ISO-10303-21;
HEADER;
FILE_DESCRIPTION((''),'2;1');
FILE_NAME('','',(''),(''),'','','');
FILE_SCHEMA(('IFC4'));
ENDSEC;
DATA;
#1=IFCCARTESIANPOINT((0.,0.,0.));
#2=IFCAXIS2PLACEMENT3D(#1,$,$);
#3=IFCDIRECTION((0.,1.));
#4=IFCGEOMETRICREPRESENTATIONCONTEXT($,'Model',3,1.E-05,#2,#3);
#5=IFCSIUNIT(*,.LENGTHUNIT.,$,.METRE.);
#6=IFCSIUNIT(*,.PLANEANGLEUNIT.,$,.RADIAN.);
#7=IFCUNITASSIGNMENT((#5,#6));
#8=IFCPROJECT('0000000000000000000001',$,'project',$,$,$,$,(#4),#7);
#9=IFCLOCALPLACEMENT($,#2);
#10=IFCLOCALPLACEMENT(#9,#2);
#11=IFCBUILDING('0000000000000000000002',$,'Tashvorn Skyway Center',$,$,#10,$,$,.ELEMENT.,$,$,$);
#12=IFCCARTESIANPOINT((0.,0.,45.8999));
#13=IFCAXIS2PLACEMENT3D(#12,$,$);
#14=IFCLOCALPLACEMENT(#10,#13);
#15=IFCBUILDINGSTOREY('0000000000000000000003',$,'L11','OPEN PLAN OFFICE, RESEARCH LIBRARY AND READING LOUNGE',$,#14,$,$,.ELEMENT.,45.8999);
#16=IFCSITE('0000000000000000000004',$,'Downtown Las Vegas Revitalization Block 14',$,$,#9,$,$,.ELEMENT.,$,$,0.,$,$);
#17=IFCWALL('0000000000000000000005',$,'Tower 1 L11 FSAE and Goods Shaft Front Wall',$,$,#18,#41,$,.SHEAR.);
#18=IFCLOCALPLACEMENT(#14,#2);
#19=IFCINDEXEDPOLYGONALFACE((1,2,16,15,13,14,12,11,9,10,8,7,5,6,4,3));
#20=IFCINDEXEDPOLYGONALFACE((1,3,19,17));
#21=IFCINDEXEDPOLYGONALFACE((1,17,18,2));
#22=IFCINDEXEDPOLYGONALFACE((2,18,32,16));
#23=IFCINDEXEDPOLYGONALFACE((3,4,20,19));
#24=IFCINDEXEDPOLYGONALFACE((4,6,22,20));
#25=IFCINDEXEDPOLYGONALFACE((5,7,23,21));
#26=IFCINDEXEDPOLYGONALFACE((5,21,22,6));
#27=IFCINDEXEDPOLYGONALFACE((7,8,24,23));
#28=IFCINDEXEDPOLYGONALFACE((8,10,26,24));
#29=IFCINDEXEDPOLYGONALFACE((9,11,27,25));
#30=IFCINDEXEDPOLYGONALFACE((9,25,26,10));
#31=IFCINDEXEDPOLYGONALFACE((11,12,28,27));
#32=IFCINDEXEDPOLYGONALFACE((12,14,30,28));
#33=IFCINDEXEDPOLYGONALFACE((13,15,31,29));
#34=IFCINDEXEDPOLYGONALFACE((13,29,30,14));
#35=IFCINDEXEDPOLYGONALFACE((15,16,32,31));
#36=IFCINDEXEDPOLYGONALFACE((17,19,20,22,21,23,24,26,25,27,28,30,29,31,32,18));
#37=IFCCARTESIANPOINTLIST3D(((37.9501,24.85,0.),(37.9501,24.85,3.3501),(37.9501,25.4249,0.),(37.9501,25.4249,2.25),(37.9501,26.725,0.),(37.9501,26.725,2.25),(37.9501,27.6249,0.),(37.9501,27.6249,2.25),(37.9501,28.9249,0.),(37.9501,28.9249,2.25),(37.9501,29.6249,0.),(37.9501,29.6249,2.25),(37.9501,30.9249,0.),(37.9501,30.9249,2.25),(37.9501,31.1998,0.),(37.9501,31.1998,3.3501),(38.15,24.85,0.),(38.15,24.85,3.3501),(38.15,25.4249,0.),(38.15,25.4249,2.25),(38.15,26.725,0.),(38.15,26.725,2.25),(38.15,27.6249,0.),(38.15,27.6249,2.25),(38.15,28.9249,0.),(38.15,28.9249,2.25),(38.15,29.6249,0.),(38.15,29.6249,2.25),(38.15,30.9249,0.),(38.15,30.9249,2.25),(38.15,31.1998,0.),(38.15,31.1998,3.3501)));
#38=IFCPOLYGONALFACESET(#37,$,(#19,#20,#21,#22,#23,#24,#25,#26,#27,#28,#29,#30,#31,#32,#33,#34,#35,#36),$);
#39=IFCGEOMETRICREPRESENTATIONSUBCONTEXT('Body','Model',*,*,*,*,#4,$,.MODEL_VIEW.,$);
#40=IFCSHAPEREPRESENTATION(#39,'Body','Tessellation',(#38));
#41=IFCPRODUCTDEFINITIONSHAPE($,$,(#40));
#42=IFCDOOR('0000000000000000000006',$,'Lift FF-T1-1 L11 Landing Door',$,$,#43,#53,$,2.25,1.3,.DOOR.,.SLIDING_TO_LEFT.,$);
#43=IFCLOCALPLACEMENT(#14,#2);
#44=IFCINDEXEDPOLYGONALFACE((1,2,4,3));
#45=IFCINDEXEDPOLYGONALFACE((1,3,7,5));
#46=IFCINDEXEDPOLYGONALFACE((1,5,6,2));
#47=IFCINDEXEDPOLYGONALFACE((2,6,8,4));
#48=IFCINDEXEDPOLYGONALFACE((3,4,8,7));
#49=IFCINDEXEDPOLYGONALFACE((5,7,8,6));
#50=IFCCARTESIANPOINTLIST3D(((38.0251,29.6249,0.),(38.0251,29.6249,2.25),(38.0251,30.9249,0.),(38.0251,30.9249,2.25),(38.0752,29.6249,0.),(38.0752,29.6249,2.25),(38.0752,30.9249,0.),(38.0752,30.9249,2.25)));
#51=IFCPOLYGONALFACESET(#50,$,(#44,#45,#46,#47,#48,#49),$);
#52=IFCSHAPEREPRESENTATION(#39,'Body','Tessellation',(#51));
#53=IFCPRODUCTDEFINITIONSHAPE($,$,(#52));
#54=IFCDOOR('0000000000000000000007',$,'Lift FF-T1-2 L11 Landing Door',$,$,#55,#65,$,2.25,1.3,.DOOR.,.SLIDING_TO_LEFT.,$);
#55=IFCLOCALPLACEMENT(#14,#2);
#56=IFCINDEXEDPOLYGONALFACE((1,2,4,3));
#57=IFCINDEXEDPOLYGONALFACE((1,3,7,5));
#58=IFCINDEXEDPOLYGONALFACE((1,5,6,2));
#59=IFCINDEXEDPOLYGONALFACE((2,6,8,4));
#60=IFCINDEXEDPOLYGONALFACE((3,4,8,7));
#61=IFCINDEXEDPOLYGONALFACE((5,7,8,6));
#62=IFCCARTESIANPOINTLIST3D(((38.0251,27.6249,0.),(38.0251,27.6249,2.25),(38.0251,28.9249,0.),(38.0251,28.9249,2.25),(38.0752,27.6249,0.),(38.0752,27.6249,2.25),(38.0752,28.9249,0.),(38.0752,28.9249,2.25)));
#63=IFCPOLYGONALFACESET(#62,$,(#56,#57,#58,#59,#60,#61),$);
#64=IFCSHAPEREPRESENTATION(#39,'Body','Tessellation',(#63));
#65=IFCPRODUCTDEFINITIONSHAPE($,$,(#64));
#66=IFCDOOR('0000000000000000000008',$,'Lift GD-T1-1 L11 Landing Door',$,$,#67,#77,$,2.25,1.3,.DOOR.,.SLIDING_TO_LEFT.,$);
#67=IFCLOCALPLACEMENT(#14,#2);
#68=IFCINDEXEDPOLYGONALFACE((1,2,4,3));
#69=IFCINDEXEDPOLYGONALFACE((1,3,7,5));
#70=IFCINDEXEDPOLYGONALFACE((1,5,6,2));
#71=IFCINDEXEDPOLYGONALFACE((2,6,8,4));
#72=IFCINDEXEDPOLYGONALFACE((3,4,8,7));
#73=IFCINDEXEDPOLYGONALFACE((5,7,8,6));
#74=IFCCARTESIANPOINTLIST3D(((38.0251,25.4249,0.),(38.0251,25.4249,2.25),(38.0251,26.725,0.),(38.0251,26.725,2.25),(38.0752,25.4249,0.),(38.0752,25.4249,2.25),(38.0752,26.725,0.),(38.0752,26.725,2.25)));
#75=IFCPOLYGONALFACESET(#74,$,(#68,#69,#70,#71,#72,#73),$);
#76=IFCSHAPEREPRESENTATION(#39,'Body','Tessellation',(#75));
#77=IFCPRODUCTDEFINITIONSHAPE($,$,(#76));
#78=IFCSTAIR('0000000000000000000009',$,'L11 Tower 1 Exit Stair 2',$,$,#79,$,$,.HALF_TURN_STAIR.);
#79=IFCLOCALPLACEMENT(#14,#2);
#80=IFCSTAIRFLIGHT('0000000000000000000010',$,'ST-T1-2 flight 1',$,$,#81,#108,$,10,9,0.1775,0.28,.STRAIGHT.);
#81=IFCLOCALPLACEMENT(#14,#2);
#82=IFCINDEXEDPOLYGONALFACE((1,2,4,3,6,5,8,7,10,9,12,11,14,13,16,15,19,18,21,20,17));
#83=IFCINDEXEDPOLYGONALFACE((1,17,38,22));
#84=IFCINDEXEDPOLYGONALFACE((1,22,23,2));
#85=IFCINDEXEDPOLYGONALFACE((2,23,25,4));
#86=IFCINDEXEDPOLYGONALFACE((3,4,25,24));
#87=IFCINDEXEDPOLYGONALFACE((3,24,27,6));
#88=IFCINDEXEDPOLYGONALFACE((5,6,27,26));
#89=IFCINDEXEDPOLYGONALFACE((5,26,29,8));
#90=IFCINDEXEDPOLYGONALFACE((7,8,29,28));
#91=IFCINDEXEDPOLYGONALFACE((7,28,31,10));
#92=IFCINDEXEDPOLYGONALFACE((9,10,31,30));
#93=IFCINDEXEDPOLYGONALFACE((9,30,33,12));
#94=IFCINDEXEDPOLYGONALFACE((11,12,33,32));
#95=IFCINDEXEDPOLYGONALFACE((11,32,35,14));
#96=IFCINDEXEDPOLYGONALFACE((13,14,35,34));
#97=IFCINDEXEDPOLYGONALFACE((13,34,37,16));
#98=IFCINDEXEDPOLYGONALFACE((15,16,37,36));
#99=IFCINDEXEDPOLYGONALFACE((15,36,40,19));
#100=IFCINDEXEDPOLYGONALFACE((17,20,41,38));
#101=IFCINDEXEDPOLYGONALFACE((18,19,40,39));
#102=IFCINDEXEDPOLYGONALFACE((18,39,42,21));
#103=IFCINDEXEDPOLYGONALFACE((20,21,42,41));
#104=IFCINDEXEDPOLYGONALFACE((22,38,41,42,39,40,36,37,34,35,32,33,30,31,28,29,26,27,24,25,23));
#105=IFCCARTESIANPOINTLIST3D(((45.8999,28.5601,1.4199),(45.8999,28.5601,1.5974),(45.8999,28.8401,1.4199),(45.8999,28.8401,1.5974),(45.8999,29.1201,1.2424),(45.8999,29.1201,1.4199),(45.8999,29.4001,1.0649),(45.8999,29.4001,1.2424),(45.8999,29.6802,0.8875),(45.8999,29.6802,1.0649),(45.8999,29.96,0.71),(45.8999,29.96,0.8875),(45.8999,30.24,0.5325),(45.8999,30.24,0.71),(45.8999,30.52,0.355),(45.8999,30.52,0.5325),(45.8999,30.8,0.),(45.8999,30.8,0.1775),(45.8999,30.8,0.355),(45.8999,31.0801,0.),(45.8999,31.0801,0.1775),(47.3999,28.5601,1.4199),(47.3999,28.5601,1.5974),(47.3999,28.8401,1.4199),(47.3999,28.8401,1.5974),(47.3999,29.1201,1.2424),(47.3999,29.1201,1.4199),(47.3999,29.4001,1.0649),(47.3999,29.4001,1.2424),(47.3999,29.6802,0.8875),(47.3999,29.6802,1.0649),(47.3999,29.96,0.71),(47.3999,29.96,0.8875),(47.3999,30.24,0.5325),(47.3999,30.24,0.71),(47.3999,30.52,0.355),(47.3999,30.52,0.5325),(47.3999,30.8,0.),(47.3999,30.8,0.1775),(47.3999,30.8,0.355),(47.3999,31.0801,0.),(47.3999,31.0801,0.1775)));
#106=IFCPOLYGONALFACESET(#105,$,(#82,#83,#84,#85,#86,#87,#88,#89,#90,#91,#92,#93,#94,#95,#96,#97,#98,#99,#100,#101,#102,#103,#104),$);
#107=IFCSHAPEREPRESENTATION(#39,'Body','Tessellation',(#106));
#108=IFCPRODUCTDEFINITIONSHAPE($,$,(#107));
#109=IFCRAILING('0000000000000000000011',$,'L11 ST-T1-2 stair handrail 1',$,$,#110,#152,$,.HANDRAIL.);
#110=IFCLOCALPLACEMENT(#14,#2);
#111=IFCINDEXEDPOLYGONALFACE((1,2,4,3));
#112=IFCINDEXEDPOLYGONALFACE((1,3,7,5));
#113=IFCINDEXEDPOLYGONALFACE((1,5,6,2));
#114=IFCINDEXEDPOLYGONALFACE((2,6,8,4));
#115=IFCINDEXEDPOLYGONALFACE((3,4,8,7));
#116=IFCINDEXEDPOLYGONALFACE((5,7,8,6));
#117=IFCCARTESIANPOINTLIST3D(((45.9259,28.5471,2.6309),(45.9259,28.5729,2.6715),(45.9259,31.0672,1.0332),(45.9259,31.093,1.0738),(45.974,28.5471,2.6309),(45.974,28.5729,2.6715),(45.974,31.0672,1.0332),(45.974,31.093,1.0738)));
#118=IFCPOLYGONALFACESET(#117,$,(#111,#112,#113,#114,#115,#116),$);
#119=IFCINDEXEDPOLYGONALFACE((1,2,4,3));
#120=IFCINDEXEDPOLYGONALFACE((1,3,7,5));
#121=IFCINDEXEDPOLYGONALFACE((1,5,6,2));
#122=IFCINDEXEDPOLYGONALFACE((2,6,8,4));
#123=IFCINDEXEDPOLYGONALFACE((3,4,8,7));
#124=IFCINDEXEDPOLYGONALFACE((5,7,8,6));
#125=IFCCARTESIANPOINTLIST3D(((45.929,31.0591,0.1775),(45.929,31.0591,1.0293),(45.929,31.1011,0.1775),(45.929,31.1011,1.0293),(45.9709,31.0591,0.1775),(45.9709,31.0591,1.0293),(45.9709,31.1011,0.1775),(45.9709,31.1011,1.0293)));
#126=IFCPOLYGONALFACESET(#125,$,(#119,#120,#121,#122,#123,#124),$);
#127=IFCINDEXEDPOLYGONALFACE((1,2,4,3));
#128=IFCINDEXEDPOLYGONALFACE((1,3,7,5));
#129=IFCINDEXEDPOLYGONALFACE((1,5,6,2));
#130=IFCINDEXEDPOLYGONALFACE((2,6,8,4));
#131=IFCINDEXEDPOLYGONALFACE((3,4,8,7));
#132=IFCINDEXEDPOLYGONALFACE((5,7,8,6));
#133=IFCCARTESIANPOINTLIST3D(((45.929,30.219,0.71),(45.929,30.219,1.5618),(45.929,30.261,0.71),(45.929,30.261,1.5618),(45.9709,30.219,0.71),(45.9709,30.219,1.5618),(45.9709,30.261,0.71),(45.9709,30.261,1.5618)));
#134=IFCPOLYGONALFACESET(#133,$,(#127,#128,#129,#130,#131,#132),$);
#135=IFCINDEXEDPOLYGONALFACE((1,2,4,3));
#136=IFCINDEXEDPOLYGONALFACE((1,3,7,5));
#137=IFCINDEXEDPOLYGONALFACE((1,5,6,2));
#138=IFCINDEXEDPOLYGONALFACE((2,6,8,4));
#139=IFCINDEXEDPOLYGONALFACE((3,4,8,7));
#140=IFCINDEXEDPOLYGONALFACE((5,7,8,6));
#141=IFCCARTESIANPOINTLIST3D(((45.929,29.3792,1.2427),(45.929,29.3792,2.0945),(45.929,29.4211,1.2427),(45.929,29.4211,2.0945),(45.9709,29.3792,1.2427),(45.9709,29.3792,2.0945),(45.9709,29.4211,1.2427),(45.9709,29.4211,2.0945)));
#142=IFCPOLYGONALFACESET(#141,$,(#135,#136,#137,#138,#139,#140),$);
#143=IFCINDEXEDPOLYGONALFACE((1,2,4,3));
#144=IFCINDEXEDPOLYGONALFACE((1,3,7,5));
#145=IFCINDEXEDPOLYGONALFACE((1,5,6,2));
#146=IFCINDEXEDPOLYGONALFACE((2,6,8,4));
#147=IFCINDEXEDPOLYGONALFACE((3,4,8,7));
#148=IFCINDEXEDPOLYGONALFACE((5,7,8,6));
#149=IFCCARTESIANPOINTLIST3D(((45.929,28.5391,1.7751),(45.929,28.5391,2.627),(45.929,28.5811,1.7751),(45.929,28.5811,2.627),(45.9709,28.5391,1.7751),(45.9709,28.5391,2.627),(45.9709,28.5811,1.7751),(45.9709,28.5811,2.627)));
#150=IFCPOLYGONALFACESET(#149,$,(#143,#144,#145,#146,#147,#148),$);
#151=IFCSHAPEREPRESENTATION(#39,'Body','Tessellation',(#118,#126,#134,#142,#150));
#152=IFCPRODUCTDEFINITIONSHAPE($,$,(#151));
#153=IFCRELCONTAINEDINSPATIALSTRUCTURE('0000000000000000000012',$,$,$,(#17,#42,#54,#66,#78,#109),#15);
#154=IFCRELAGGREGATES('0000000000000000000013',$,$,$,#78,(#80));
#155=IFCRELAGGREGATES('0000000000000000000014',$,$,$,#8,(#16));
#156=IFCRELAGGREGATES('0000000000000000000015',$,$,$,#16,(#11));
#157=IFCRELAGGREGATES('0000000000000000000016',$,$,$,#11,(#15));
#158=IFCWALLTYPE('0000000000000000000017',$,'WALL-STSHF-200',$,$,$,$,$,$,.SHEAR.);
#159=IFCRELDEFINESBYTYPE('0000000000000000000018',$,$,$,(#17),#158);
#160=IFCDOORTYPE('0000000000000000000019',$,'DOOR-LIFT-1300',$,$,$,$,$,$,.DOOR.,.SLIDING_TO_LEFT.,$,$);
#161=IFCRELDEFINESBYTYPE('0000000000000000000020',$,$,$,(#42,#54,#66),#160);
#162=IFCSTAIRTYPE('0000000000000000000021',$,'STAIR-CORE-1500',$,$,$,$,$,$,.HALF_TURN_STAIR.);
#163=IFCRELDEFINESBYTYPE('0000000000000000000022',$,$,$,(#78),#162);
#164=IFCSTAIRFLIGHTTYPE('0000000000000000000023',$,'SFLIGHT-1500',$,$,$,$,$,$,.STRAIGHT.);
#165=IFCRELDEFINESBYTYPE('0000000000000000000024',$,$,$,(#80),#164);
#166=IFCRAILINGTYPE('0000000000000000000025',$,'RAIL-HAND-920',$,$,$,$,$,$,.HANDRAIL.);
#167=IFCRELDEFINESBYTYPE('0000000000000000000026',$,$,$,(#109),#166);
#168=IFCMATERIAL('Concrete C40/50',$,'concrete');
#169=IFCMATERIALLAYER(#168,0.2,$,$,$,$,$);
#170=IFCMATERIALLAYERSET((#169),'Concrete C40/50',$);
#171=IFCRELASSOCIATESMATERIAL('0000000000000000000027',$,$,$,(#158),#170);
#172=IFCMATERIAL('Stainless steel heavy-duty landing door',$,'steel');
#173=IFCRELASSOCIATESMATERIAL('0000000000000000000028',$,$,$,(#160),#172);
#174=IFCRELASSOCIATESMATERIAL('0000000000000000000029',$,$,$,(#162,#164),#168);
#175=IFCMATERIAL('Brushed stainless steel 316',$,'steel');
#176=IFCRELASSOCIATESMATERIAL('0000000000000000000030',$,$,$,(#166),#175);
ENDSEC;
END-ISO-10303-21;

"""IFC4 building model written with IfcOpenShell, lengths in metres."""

from ifc_helpers import new_model, si_unit, direction, frame, frame_2d, origin, origin_2d, place, context, subcontext, project, spatial, polyline, rectangle, outline, extrude, material, layer, layer_set, type_object, element, fill, aggregate, save


model = new_model("IFC4")

# Units and contexts
model_context = context("Model", 3, precision=1e-05, world=origin(), true_north=direction((0.0, 1.0)))
body_context = subcontext(model_context, "Body", "Model", "MODEL_VIEW")
ifc_project = project(units=[si_unit("LENGTHUNIT", "METRE"), si_unit("PLANEANGLEUNIT", "RADIAN")], contexts=[model_context])

# Site, building, storey
site_placement = place(None, origin())
site = spatial("IfcSite", under=ifc_project, at=site_placement, Name="Downtown Las Vegas Revitalization Block 14", CompositionType="ELEMENT", RefElevation=0.0)
building_placement = place(site_placement, origin())
building = spatial("IfcBuilding", under=site, at=building_placement, Name="Tashvorn Skyway Center", CompositionType="ELEMENT")
storey_placement = place(building_placement, frame((0.0, 0.0, 45.8999)))
storey = spatial("IfcBuildingStorey", under=building, at=storey_placement, Name="L11", Description="OPEN PLAN OFFICE, RESEARCH LIBRARY AND READING LOUNGE", CompositionType="ELEMENT", Elevation=45.8999)

# Shared definitions
ifc_material_1 = material(Name="Concrete C40/50", Category="concrete")

# Shared definitions
ifc_layer_1 = layer(ifc_material_1, 0.2)
ifc_layer_set_1 = layer_set([ifc_layer_1], Name="Concrete C40/50")
wall_type_1 = type_object("IfcWallType", Name="WALL-STSHF-200", PredefinedType="SHEAR", material=ifc_layer_set_1)

# Wall, openings, doors
wall_1_placement = place(storey_placement, frame((38.05, 24.8501, 0.0), z_axis=(0.0, 0.0, 1.0), x_axis=(0.0, 1.0, 0.0)))
wall_1 = element("IfcWall", 1, at=wall_1_placement, inside=storey, type_object=wall_type_1, Name="Tower 1 L11 FSAE and Goods Shaft Front Wall", PredefinedType="SHEAR", context=body_context, shape_type="SweptSolid", body=[
    extrude(rectangle(XDim=6.3499, YDim=0.2, at=frame_2d((3.1748, 0.0))), origin(), (0.0, 0.0, 1.0), 3.3501),
])
opening_1_placement = place(wall_1_placement, frame((4.7749, 0.0, 0.0)))
opening_1 = element("IfcOpeningElement", 2, at=opening_1_placement, cuts=wall_1, PredefinedType="OPENING", context=body_context, shape_type="SweptSolid", body=[
    extrude(rectangle(XDim=1.3, YDim=2.25, at=frame_2d((0.6499, 1.125))), frame((0.0, 0.1099, 0.0), z_axis=(0.0, -1.0, 0.0), x_axis=(1.0, 0.0, 0.0)), (0.0, 0.0, 1.0), 0.22),
])
opening_2_placement = place(wall_1_placement, frame((2.7749, 0.0, 0.0)))
opening_2 = element("IfcOpeningElement", 3, at=opening_2_placement, cuts=wall_1, PredefinedType="OPENING", context=body_context, shape_type="SweptSolid", body=[
    extrude(rectangle(XDim=1.3, YDim=2.25, at=frame_2d((0.6499, 1.125))), frame((0.0, 0.1099, 0.0), z_axis=(0.0, -1.0, 0.0), x_axis=(1.0, 0.0, 0.0)), (0.0, 0.0, 1.0), 0.22),
])
opening_3_placement = place(wall_1_placement, frame((0.575, 0.0, 0.0)))
opening_3 = element("IfcOpeningElement", 4, at=opening_3_placement, cuts=wall_1, PredefinedType="OPENING", context=body_context, shape_type="SweptSolid", body=[
    extrude(rectangle(XDim=1.3, YDim=2.25, at=frame_2d((0.6499, 1.125))), frame((0.0, 0.1099, 0.0), z_axis=(0.0, -1.0, 0.0), x_axis=(1.0, 0.0, 0.0)), (0.0, 0.0, 1.0), 0.22),
])
ifc_material_2 = material(Name="Stainless steel heavy-duty landing door", Category="steel")
door_type_1 = type_object("IfcDoorType", Name="DOOR-LIFT-1300", OperationType="SLIDING_TO_LEFT", PredefinedType="DOOR", material=ifc_material_2)
door_1_placement = place(opening_1_placement, origin())
door_1 = element("IfcDoor", 5, at=door_1_placement, inside=storey, type_object=door_type_1, Name="Lift FF-T1-1 L11 Landing Door", OperationType="SLIDING_TO_LEFT", OverallHeight=2.25, OverallWidth=1.3, PredefinedType="DOOR", context=body_context, shape_type="SweptSolid", body=[
    extrude(rectangle(XDim=1.3, YDim=2.25, at=frame_2d((0.6499, 1.125))), frame((0.0, 0.0249, 0.0), z_axis=(0.0, -1.0, 0.0), x_axis=(1.0, 0.0, 0.0)), (0.0, 0.0, 1.0), 0.05),
])
fill(opening_1, door_1)
door_2_placement = place(opening_2_placement, origin())
door_2 = element("IfcDoor", 6, at=door_2_placement, inside=storey, type_object=door_type_1, Name="Lift FF-T1-2 L11 Landing Door", OperationType="SLIDING_TO_LEFT", OverallHeight=2.25, OverallWidth=1.3, PredefinedType="DOOR", context=body_context, shape_type="SweptSolid", body=[
    extrude(rectangle(XDim=1.3, YDim=2.25, at=frame_2d((0.6499, 1.125))), frame((0.0, 0.0249, 0.0), z_axis=(0.0, -1.0, 0.0), x_axis=(1.0, 0.0, 0.0)), (0.0, 0.0, 1.0), 0.05),
])
fill(opening_2, door_2)
door_3_placement = place(opening_3_placement, origin())
door_3 = element("IfcDoor", 7, at=door_3_placement, inside=storey, type_object=door_type_1, Name="Lift GD-T1-1 L11 Landing Door", OperationType="SLIDING_TO_LEFT", OverallHeight=2.25, OverallWidth=1.3, PredefinedType="DOOR", context=body_context, shape_type="SweptSolid", body=[
    extrude(rectangle(XDim=1.3, YDim=2.25, at=frame_2d((0.6499, 1.125))), frame((0.0, 0.0249, 0.0), z_axis=(0.0, -1.0, 0.0), x_axis=(1.0, 0.0, 0.0)), (0.0, 0.0, 1.0), 0.05),
])
fill(opening_3, door_3)

# Stair, stair flight
stair_type = type_object("IfcStairType", Name="STAIR-CORE-1500", PredefinedType="HALF_TURN_STAIR", material=ifc_material_1)
stair_placement = place(storey_placement, origin())
stair = element("IfcStair", 8, at=stair_placement, inside=storey, type_object=stair_type, Name="L11 Tower 1 Exit Stair 2", PredefinedType="HALF_TURN_STAIR")
stair_flight_type = type_object("IfcStairFlightType", Name="SFLIGHT-1500", PredefinedType="STRAIGHT", material=ifc_material_1)
stair_flight_placement = place(storey_placement, frame((46.6499, 31.0801, 0.0), z_axis=(0.0, 0.0, 1.0), x_axis=(0.0, -1.0, 0.0)))
stair_flight = element("IfcStairFlight", 9, at=stair_flight_placement, type_object=stair_flight_type, Name="ST-T1-2 flight 1", NumberOfRisers=10, NumberOfTreads=9, PredefinedType="STRAIGHT", RiserHeight=0.1775, TreadLength=0.28, context=body_context, shape_type="SweptSolid", body=[
    extrude(outline(polyline([(0.0, 0.0), (0.0, 0.1775), (0.28, 0.1775), (0.28, 0.355), (0.5601, 0.355), (0.5601, 0.5325), (0.8401, 0.5325), (0.8401, 0.71), (1.1201, 0.71), (1.1201, 0.8875), (1.3999, 0.8875), (1.3999, 1.0649), (1.6799, 1.0649), (1.6799, 1.2424), (1.96, 1.2424), (1.96, 1.4199), (2.24, 1.4199), (2.24, 1.5974), (2.52, 1.5974), (2.52, 1.7749), (2.52, 1.4199), (0.28, 0.0), (0.0, 0.0)])), frame((0.0, 0.75, 0.0), z_axis=(0.0, -1.0, 0.0), x_axis=(1.0, 0.0, 0.0)), (0.0, 0.0, 1.0), 1.5),
])
aggregate(stair, [stair_flight])

# Railing
ifc_material_3 = material(Name="Brushed stainless steel 316", Category="steel")
railing_type_1 = type_object("IfcRailingType", Name="RAIL-HAND-920", PredefinedType="HANDRAIL", material=ifc_material_3)
railing_1_placement = place(storey_placement, frame((45.95, 31.0801, 0.1775)))
element("IfcRailing", 10, at=railing_1_placement, inside=storey, type_object=railing_type_1, Name="L11 ST-T1-2 stair handrail 1", PredefinedType="HANDRAIL", context=body_context, shape_type="SweptSolid", body=[
    extrude(rectangle(XDim=0.0481, YDim=0.0481, at=origin_2d()), frame((0.0, 0.0, 0.876), z_axis=(0.0, -0.84457, 0.535445), x_axis=(1.0, 0.0, 0.0)), (0.0, 0.0, 1.0), 2.9839),
    extrude(rectangle(XDim=0.042, YDim=0.042, at=origin_2d()), origin(), (0.0, 0.0, 1.0), 0.8518),
    extrude(rectangle(XDim=0.042, YDim=0.042, at=origin_2d()), frame((0.0, -0.8401, 0.5325)), (0.0, 0.0, 1.0), 0.8518),
    extrude(rectangle(XDim=0.042, YDim=0.042, at=origin_2d()), frame((0.0, -1.6799, 1.0652)), (0.0, 0.0, 1.0), 0.8518),
    extrude(rectangle(XDim=0.042, YDim=0.042, at=origin_2d()), frame((0.0, -2.52, 1.5977)), (0.0, 0.0, 1.0), 0.8518),
])

save(model, "model.ifc")
